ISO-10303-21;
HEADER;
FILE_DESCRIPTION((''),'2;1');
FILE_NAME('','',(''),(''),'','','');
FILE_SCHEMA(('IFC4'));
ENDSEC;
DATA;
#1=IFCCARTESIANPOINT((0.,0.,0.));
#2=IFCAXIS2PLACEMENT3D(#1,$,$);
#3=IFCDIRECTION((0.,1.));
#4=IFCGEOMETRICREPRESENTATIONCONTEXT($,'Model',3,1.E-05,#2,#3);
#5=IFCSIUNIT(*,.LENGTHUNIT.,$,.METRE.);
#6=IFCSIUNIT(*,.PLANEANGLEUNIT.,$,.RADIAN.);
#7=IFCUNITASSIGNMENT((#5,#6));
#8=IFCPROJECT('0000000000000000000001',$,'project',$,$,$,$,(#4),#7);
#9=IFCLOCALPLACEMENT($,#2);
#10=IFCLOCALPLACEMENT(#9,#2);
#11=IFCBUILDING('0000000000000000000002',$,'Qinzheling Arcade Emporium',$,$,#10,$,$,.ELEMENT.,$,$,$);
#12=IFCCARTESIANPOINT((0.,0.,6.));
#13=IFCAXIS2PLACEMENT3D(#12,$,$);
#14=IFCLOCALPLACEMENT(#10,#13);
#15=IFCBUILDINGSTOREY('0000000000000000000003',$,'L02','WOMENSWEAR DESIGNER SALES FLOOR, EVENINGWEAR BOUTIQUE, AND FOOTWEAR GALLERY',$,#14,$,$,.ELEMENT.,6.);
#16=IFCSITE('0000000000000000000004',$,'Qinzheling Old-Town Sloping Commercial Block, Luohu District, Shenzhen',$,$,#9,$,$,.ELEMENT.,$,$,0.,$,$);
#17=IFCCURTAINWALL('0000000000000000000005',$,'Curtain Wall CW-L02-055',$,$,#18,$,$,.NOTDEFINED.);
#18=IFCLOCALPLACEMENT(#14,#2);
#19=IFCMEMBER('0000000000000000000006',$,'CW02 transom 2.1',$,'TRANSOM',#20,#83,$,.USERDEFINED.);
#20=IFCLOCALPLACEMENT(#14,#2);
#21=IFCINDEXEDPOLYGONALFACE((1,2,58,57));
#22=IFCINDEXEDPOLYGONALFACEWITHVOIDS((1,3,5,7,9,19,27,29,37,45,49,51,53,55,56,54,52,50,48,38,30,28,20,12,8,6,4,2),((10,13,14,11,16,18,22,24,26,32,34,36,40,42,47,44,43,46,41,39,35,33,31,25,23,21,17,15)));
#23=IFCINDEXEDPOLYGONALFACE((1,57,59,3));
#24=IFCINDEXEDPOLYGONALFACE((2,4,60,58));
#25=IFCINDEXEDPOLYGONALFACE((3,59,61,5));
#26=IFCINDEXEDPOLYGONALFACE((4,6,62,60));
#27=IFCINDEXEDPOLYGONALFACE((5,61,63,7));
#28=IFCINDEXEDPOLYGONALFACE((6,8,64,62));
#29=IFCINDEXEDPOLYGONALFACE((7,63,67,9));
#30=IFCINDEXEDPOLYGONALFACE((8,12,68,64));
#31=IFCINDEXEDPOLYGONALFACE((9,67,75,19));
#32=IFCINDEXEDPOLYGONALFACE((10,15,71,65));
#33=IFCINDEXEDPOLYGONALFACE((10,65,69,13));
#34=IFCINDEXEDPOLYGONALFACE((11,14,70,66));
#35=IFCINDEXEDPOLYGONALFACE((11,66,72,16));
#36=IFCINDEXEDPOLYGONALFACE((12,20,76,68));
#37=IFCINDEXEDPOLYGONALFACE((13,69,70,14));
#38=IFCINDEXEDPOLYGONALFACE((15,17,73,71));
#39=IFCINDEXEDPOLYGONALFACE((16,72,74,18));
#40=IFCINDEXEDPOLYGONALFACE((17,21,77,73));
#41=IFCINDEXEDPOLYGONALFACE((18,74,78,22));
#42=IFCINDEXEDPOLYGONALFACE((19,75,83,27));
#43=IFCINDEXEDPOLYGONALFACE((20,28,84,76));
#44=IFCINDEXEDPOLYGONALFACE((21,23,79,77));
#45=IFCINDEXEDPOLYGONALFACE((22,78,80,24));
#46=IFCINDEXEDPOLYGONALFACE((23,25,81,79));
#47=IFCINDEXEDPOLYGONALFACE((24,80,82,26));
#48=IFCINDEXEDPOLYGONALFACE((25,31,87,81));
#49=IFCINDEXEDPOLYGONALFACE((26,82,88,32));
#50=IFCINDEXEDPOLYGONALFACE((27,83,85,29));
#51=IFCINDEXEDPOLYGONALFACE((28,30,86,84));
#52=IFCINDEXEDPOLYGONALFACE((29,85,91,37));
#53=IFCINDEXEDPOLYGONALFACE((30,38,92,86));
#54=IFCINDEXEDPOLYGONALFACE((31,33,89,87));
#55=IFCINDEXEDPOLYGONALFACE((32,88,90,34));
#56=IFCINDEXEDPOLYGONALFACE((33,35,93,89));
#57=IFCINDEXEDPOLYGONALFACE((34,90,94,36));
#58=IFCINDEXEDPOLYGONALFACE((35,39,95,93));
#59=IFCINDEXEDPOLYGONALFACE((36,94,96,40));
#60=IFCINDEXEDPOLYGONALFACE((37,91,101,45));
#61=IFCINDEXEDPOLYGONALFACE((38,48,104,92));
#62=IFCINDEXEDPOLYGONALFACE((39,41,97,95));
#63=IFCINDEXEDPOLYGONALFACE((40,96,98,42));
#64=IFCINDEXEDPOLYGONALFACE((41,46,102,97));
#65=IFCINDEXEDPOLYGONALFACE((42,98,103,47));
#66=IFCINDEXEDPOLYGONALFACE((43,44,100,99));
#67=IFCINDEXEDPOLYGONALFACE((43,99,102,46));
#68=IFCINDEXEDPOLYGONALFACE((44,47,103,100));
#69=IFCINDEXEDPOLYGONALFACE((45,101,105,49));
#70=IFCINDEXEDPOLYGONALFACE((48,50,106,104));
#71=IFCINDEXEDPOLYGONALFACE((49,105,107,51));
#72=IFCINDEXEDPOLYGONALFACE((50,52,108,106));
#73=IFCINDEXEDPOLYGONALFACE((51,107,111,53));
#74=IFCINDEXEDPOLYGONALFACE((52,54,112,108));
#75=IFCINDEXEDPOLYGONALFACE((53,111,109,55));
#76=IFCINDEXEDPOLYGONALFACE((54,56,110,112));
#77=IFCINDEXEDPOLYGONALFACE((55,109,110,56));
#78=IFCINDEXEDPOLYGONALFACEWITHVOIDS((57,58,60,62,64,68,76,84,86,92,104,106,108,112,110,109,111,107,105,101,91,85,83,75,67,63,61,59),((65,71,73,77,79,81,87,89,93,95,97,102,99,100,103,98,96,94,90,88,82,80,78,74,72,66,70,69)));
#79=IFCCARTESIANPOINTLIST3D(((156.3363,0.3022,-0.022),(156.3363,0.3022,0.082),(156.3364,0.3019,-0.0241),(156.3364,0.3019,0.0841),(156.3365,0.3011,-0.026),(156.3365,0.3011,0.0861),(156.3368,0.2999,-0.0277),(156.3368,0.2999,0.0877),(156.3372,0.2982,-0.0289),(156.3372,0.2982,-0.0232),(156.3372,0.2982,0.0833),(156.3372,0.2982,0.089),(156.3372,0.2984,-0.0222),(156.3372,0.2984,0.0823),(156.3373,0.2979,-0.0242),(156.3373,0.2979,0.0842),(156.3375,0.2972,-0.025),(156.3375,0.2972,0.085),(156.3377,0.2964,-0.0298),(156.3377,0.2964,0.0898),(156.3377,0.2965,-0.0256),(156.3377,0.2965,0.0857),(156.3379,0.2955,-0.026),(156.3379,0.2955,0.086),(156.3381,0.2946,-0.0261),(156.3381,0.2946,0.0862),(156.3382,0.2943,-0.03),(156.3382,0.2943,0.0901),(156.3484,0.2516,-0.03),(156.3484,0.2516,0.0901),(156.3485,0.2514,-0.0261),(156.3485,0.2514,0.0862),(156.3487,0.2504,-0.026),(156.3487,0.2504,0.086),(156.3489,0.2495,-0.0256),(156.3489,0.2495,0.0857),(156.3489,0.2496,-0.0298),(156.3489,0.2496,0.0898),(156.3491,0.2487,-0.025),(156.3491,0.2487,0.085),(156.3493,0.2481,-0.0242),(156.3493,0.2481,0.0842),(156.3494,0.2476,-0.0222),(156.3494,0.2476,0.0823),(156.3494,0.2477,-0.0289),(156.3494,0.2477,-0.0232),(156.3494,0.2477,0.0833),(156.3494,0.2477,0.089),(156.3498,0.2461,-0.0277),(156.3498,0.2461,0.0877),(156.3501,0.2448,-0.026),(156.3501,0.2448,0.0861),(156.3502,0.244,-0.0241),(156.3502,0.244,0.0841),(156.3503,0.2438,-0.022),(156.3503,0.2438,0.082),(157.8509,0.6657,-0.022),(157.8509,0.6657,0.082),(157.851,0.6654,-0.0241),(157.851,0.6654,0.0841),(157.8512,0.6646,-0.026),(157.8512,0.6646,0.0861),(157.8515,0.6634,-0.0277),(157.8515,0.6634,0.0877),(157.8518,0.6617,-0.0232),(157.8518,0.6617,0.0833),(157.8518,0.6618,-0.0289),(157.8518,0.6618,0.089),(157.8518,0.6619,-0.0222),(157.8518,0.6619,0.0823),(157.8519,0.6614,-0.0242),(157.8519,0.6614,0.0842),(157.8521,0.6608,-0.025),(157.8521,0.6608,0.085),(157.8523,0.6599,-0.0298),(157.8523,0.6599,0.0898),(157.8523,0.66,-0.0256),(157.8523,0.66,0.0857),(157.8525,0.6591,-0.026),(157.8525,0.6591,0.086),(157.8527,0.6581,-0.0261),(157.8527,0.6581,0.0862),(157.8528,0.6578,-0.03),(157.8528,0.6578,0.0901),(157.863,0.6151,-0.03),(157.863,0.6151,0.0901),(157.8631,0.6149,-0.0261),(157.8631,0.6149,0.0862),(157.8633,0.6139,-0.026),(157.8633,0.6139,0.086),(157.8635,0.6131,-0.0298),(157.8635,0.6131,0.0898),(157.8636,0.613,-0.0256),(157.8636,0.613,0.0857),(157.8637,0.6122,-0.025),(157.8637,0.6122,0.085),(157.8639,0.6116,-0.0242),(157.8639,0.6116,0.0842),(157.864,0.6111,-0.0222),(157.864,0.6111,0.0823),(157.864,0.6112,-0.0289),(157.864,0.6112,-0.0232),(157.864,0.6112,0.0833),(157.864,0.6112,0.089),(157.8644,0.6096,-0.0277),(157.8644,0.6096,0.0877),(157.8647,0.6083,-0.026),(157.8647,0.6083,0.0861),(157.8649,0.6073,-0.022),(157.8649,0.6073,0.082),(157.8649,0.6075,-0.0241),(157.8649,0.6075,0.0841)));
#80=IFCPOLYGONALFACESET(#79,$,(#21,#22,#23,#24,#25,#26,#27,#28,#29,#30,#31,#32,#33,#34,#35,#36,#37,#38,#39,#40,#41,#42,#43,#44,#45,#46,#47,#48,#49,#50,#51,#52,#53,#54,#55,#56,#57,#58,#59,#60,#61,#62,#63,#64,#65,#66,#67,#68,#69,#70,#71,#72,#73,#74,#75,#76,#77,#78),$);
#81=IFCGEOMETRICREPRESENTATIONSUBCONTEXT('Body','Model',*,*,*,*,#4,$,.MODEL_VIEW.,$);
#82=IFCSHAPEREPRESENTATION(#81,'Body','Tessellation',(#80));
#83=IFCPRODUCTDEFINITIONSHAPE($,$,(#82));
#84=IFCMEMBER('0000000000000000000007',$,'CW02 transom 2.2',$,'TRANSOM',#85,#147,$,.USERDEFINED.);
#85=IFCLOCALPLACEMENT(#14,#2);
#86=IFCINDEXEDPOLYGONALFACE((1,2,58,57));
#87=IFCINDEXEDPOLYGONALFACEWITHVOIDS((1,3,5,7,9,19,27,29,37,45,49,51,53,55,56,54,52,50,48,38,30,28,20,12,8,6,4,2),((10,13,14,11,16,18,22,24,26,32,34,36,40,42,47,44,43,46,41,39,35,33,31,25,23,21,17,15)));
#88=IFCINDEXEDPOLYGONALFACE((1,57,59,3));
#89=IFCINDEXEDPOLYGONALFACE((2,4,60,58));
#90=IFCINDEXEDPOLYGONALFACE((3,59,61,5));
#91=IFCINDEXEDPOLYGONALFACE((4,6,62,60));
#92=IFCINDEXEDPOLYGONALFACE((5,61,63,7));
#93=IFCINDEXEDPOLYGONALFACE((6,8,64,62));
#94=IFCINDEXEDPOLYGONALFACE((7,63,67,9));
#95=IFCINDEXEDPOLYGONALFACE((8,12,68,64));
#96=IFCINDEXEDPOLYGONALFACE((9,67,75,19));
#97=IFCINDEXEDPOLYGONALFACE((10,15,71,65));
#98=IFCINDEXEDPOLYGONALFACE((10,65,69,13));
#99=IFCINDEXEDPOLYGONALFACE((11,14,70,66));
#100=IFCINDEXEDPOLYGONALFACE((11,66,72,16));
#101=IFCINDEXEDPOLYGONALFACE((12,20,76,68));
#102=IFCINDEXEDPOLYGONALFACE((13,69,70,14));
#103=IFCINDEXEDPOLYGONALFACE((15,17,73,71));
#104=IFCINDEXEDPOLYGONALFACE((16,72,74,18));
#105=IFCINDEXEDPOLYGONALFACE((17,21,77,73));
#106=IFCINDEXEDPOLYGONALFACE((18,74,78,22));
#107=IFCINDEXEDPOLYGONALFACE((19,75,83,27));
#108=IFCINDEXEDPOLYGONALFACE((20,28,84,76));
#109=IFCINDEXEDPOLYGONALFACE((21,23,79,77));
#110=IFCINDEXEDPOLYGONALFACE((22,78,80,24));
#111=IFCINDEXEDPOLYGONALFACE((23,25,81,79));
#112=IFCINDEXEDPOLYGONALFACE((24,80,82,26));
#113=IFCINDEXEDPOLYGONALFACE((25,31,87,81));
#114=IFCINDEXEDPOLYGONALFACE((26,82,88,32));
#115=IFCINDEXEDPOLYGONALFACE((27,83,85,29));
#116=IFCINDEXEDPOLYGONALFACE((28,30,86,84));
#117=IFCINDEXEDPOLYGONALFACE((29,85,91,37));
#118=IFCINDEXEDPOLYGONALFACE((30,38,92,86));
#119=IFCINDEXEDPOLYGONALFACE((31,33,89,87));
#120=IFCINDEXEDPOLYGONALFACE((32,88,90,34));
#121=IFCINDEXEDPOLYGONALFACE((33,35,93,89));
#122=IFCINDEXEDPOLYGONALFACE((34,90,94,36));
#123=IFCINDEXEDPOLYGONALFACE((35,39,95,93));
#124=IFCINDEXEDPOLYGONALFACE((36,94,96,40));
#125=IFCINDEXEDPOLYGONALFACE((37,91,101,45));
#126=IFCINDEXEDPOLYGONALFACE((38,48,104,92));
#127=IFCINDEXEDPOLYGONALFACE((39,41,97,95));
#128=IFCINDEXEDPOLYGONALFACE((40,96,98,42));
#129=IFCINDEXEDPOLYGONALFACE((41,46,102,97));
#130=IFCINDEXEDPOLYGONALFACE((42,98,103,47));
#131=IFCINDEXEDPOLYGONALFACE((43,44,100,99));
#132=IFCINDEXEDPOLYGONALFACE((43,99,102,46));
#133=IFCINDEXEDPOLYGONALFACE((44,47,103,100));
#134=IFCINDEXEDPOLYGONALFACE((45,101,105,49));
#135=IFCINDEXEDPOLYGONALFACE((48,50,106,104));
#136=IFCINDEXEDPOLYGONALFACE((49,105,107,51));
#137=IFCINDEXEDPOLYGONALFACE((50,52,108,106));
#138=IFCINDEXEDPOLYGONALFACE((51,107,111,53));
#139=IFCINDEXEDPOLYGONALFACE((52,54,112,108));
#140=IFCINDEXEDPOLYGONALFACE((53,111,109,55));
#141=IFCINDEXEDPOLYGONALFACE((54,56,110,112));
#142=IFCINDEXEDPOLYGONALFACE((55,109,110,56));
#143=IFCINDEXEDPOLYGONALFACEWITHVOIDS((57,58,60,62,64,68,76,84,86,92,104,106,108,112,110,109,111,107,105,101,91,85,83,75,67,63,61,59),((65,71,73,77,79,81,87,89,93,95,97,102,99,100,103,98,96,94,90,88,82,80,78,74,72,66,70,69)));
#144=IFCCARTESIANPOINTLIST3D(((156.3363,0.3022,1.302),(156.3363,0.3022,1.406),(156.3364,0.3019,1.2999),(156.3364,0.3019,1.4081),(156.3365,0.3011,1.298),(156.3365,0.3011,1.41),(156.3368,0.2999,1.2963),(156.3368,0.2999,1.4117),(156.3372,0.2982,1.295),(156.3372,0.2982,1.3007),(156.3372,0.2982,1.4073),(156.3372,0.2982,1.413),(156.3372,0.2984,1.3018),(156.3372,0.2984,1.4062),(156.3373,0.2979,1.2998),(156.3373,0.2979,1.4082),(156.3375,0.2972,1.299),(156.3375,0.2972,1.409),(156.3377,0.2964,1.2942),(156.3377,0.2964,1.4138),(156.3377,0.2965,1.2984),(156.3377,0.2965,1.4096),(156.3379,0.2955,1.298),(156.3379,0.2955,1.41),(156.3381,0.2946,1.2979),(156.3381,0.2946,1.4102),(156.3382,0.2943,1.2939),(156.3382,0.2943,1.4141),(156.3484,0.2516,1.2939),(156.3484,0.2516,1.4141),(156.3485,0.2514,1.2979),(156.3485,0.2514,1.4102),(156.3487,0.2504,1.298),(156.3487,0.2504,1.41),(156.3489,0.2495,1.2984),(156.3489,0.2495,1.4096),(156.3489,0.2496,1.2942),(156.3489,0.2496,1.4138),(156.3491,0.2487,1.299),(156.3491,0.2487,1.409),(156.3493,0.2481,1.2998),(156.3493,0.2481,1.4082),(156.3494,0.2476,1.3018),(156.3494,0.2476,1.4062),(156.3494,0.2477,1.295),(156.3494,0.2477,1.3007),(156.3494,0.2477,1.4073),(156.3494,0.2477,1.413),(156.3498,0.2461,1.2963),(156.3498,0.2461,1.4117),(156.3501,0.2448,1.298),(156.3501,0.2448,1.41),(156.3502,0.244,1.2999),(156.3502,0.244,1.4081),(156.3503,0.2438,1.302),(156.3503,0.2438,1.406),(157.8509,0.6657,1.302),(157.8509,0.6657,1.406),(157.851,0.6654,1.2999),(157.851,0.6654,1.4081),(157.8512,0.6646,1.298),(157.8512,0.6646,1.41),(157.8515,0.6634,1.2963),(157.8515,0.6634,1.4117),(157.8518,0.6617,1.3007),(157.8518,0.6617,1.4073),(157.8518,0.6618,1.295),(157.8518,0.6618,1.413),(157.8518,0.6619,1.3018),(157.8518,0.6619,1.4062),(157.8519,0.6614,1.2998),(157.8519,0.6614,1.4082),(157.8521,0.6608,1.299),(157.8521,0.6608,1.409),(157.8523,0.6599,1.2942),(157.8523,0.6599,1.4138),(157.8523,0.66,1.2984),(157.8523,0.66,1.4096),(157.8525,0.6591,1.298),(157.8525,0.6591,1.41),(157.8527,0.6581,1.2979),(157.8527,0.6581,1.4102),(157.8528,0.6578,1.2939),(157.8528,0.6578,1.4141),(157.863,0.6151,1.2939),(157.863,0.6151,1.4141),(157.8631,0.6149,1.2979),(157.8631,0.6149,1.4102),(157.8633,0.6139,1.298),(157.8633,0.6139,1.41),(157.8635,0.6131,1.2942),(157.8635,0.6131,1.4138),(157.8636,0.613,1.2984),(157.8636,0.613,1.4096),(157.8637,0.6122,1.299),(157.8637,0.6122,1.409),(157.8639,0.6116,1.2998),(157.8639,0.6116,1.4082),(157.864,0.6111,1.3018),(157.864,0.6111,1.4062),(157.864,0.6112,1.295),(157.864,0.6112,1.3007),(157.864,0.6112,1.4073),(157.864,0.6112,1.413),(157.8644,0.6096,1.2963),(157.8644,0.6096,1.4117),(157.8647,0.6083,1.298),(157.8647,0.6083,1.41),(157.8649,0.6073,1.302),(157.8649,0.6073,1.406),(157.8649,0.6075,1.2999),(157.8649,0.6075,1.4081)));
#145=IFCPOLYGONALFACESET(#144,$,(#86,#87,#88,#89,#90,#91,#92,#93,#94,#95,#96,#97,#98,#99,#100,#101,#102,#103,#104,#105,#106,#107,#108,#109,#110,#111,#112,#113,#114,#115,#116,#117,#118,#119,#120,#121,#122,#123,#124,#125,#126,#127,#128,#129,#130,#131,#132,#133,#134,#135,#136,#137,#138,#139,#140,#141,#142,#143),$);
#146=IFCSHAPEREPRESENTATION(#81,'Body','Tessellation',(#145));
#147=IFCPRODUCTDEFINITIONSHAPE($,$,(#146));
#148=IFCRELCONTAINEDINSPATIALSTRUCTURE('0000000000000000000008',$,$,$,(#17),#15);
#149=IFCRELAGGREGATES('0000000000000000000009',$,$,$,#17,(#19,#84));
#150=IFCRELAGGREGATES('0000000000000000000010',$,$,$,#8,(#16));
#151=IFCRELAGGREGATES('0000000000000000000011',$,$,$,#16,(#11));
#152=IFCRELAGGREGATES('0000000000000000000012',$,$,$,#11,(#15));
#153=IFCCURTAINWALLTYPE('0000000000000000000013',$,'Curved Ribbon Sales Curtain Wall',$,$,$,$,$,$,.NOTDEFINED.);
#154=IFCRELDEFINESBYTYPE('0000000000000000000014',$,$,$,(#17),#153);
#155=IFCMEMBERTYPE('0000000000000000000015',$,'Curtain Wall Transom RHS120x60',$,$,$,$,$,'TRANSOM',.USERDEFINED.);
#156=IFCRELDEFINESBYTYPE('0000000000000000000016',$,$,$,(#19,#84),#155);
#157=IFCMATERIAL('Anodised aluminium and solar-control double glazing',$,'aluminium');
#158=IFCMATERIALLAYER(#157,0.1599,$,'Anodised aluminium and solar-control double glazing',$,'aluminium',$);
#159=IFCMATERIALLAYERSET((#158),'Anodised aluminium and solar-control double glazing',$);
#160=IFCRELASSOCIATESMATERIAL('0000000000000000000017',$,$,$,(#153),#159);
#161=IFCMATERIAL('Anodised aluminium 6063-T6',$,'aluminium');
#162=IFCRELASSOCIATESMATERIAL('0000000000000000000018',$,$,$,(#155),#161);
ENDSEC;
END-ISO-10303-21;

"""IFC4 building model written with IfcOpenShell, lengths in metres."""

from ifc_helpers import new_model, si_unit, direction, frame, origin, origin_2d, place, context, subcontext, project, spatial, hollow_rectangle, extrude, material, layer, layer_set, material_profile, profile_set, type_object, element, aggregate, save


model = new_model("IFC4")

# Units and contexts
model_context = context("Model", 3, precision=1e-05, world=origin(), true_north=direction((0.0, 1.0)))
body_context = subcontext(model_context, "Body", "Model", "MODEL_VIEW")
ifc_project = project(units=[si_unit("LENGTHUNIT", "METRE"), si_unit("PLANEANGLEUNIT", "RADIAN")], contexts=[model_context])

# Site, building, storey
site_placement = place(None, origin())
site = spatial("IfcSite", under=ifc_project, at=site_placement, Name="Qinzheling Old-Town Sloping Commercial Block, Luohu District, Shenzhen", CompositionType="ELEMENT", RefElevation=0.0)
building_placement = place(site_placement, origin())
building = spatial("IfcBuilding", under=site, at=building_placement, Name="Qinzheling Arcade Emporium", CompositionType="ELEMENT")
storey_placement = place(building_placement, frame((0.0, 0.0, 6.0)))
storey = spatial("IfcBuildingStorey", under=building, at=storey_placement, Name="L02", Description="WOMENSWEAR DESIGNER SALES FLOOR, EVENINGWEAR BOUTIQUE, AND FOOTWEAR GALLERY", CompositionType="ELEMENT", Elevation=6.0)

# Curtain wall
ifc_material_1 = material(Name="Anodised aluminium and solar-control double glazing", Category="aluminium")
ifc_layer_1 = layer(ifc_material_1, 0.1599, Name="Anodised aluminium and solar-control double glazing", Category="aluminium")
ifc_layer_set_1 = layer_set([ifc_layer_1], Name="Anodised aluminium and solar-control double glazing")
curtain_wall_type = type_object("IfcCurtainWallType", Name="Curved Ribbon Sales Curtain Wall", PredefinedType="NOTDEFINED", material=ifc_layer_set_1)
curtain_wall_1_placement = place(storey_placement, origin())
curtain_wall_1 = element("IfcCurtainWall", 1, at=curtain_wall_1_placement, inside=storey, type_object=curtain_wall_type, Name="Curtain Wall CW-L02-055", PredefinedType="NOTDEFINED")
ifc_material_2 = material(Name="Anodised aluminium 6063-T6", Category="aluminium")

# Members
ifc_material_profile_1 = material_profile(ifc_material_2, hollow_rectangle(XDim=0.0601, YDim=0.1201, WallThickness=0.0039, InnerFilletRadius=0.0039, OuterFilletRadius=0.0081, at=origin_2d()), Name="RHS 120x60x4", Category="aluminium")
ifc_profile_set_1 = profile_set([ifc_material_profile_1], Name="Anodised aluminium 6063-T6")
member_type_1 = type_object("IfcMemberType", Name="Curtain Wall Transom RHS120x60", ElementType="TRANSOM", PredefinedType="USERDEFINED", material=ifc_profile_set_1)
member_1_placement = place(storey_placement, frame((157.8579, 0.6365, 0.03), z_axis=(-0.972386, -0.233379, 0.0), x_axis=(0.233379, -0.972386, 0.0)))
member_1 = element("IfcMember", 2, at=member_1_placement, type_object=member_type_1, Name="CW02 transom 2.1", ObjectType="TRANSOM", PredefinedType="USERDEFINED", context=body_context, shape_type="SweptSolid", body=[
    extrude(hollow_rectangle(XDim=0.0601, YDim=0.1201, WallThickness=0.0039, InnerFilletRadius=0.0039, OuterFilletRadius=0.0081, at=origin_2d()), origin(), (0.0, 0.0, 1.0), 1.5576),
])
member_2_placement = place(storey_placement, frame((157.8579, 0.6365, 1.354), z_axis=(-0.972386, -0.233379, 0.0), x_axis=(0.233379, -0.972386, 0.0)))
member_2 = element("IfcMember", 3, at=member_2_placement, type_object=member_type_1, Name="CW02 transom 2.2", ObjectType="TRANSOM", PredefinedType="USERDEFINED", context=body_context, shape_type="SweptSolid", body=[
    extrude(hollow_rectangle(XDim=0.0601, YDim=0.1201, WallThickness=0.0039, InnerFilletRadius=0.0039, OuterFilletRadius=0.0081, at=origin_2d()), origin(), (0.0, 0.0, 1.0), 1.5576),
])

aggregate(curtain_wall_1, [member_1, member_2])

save(model, "model.ifc")
